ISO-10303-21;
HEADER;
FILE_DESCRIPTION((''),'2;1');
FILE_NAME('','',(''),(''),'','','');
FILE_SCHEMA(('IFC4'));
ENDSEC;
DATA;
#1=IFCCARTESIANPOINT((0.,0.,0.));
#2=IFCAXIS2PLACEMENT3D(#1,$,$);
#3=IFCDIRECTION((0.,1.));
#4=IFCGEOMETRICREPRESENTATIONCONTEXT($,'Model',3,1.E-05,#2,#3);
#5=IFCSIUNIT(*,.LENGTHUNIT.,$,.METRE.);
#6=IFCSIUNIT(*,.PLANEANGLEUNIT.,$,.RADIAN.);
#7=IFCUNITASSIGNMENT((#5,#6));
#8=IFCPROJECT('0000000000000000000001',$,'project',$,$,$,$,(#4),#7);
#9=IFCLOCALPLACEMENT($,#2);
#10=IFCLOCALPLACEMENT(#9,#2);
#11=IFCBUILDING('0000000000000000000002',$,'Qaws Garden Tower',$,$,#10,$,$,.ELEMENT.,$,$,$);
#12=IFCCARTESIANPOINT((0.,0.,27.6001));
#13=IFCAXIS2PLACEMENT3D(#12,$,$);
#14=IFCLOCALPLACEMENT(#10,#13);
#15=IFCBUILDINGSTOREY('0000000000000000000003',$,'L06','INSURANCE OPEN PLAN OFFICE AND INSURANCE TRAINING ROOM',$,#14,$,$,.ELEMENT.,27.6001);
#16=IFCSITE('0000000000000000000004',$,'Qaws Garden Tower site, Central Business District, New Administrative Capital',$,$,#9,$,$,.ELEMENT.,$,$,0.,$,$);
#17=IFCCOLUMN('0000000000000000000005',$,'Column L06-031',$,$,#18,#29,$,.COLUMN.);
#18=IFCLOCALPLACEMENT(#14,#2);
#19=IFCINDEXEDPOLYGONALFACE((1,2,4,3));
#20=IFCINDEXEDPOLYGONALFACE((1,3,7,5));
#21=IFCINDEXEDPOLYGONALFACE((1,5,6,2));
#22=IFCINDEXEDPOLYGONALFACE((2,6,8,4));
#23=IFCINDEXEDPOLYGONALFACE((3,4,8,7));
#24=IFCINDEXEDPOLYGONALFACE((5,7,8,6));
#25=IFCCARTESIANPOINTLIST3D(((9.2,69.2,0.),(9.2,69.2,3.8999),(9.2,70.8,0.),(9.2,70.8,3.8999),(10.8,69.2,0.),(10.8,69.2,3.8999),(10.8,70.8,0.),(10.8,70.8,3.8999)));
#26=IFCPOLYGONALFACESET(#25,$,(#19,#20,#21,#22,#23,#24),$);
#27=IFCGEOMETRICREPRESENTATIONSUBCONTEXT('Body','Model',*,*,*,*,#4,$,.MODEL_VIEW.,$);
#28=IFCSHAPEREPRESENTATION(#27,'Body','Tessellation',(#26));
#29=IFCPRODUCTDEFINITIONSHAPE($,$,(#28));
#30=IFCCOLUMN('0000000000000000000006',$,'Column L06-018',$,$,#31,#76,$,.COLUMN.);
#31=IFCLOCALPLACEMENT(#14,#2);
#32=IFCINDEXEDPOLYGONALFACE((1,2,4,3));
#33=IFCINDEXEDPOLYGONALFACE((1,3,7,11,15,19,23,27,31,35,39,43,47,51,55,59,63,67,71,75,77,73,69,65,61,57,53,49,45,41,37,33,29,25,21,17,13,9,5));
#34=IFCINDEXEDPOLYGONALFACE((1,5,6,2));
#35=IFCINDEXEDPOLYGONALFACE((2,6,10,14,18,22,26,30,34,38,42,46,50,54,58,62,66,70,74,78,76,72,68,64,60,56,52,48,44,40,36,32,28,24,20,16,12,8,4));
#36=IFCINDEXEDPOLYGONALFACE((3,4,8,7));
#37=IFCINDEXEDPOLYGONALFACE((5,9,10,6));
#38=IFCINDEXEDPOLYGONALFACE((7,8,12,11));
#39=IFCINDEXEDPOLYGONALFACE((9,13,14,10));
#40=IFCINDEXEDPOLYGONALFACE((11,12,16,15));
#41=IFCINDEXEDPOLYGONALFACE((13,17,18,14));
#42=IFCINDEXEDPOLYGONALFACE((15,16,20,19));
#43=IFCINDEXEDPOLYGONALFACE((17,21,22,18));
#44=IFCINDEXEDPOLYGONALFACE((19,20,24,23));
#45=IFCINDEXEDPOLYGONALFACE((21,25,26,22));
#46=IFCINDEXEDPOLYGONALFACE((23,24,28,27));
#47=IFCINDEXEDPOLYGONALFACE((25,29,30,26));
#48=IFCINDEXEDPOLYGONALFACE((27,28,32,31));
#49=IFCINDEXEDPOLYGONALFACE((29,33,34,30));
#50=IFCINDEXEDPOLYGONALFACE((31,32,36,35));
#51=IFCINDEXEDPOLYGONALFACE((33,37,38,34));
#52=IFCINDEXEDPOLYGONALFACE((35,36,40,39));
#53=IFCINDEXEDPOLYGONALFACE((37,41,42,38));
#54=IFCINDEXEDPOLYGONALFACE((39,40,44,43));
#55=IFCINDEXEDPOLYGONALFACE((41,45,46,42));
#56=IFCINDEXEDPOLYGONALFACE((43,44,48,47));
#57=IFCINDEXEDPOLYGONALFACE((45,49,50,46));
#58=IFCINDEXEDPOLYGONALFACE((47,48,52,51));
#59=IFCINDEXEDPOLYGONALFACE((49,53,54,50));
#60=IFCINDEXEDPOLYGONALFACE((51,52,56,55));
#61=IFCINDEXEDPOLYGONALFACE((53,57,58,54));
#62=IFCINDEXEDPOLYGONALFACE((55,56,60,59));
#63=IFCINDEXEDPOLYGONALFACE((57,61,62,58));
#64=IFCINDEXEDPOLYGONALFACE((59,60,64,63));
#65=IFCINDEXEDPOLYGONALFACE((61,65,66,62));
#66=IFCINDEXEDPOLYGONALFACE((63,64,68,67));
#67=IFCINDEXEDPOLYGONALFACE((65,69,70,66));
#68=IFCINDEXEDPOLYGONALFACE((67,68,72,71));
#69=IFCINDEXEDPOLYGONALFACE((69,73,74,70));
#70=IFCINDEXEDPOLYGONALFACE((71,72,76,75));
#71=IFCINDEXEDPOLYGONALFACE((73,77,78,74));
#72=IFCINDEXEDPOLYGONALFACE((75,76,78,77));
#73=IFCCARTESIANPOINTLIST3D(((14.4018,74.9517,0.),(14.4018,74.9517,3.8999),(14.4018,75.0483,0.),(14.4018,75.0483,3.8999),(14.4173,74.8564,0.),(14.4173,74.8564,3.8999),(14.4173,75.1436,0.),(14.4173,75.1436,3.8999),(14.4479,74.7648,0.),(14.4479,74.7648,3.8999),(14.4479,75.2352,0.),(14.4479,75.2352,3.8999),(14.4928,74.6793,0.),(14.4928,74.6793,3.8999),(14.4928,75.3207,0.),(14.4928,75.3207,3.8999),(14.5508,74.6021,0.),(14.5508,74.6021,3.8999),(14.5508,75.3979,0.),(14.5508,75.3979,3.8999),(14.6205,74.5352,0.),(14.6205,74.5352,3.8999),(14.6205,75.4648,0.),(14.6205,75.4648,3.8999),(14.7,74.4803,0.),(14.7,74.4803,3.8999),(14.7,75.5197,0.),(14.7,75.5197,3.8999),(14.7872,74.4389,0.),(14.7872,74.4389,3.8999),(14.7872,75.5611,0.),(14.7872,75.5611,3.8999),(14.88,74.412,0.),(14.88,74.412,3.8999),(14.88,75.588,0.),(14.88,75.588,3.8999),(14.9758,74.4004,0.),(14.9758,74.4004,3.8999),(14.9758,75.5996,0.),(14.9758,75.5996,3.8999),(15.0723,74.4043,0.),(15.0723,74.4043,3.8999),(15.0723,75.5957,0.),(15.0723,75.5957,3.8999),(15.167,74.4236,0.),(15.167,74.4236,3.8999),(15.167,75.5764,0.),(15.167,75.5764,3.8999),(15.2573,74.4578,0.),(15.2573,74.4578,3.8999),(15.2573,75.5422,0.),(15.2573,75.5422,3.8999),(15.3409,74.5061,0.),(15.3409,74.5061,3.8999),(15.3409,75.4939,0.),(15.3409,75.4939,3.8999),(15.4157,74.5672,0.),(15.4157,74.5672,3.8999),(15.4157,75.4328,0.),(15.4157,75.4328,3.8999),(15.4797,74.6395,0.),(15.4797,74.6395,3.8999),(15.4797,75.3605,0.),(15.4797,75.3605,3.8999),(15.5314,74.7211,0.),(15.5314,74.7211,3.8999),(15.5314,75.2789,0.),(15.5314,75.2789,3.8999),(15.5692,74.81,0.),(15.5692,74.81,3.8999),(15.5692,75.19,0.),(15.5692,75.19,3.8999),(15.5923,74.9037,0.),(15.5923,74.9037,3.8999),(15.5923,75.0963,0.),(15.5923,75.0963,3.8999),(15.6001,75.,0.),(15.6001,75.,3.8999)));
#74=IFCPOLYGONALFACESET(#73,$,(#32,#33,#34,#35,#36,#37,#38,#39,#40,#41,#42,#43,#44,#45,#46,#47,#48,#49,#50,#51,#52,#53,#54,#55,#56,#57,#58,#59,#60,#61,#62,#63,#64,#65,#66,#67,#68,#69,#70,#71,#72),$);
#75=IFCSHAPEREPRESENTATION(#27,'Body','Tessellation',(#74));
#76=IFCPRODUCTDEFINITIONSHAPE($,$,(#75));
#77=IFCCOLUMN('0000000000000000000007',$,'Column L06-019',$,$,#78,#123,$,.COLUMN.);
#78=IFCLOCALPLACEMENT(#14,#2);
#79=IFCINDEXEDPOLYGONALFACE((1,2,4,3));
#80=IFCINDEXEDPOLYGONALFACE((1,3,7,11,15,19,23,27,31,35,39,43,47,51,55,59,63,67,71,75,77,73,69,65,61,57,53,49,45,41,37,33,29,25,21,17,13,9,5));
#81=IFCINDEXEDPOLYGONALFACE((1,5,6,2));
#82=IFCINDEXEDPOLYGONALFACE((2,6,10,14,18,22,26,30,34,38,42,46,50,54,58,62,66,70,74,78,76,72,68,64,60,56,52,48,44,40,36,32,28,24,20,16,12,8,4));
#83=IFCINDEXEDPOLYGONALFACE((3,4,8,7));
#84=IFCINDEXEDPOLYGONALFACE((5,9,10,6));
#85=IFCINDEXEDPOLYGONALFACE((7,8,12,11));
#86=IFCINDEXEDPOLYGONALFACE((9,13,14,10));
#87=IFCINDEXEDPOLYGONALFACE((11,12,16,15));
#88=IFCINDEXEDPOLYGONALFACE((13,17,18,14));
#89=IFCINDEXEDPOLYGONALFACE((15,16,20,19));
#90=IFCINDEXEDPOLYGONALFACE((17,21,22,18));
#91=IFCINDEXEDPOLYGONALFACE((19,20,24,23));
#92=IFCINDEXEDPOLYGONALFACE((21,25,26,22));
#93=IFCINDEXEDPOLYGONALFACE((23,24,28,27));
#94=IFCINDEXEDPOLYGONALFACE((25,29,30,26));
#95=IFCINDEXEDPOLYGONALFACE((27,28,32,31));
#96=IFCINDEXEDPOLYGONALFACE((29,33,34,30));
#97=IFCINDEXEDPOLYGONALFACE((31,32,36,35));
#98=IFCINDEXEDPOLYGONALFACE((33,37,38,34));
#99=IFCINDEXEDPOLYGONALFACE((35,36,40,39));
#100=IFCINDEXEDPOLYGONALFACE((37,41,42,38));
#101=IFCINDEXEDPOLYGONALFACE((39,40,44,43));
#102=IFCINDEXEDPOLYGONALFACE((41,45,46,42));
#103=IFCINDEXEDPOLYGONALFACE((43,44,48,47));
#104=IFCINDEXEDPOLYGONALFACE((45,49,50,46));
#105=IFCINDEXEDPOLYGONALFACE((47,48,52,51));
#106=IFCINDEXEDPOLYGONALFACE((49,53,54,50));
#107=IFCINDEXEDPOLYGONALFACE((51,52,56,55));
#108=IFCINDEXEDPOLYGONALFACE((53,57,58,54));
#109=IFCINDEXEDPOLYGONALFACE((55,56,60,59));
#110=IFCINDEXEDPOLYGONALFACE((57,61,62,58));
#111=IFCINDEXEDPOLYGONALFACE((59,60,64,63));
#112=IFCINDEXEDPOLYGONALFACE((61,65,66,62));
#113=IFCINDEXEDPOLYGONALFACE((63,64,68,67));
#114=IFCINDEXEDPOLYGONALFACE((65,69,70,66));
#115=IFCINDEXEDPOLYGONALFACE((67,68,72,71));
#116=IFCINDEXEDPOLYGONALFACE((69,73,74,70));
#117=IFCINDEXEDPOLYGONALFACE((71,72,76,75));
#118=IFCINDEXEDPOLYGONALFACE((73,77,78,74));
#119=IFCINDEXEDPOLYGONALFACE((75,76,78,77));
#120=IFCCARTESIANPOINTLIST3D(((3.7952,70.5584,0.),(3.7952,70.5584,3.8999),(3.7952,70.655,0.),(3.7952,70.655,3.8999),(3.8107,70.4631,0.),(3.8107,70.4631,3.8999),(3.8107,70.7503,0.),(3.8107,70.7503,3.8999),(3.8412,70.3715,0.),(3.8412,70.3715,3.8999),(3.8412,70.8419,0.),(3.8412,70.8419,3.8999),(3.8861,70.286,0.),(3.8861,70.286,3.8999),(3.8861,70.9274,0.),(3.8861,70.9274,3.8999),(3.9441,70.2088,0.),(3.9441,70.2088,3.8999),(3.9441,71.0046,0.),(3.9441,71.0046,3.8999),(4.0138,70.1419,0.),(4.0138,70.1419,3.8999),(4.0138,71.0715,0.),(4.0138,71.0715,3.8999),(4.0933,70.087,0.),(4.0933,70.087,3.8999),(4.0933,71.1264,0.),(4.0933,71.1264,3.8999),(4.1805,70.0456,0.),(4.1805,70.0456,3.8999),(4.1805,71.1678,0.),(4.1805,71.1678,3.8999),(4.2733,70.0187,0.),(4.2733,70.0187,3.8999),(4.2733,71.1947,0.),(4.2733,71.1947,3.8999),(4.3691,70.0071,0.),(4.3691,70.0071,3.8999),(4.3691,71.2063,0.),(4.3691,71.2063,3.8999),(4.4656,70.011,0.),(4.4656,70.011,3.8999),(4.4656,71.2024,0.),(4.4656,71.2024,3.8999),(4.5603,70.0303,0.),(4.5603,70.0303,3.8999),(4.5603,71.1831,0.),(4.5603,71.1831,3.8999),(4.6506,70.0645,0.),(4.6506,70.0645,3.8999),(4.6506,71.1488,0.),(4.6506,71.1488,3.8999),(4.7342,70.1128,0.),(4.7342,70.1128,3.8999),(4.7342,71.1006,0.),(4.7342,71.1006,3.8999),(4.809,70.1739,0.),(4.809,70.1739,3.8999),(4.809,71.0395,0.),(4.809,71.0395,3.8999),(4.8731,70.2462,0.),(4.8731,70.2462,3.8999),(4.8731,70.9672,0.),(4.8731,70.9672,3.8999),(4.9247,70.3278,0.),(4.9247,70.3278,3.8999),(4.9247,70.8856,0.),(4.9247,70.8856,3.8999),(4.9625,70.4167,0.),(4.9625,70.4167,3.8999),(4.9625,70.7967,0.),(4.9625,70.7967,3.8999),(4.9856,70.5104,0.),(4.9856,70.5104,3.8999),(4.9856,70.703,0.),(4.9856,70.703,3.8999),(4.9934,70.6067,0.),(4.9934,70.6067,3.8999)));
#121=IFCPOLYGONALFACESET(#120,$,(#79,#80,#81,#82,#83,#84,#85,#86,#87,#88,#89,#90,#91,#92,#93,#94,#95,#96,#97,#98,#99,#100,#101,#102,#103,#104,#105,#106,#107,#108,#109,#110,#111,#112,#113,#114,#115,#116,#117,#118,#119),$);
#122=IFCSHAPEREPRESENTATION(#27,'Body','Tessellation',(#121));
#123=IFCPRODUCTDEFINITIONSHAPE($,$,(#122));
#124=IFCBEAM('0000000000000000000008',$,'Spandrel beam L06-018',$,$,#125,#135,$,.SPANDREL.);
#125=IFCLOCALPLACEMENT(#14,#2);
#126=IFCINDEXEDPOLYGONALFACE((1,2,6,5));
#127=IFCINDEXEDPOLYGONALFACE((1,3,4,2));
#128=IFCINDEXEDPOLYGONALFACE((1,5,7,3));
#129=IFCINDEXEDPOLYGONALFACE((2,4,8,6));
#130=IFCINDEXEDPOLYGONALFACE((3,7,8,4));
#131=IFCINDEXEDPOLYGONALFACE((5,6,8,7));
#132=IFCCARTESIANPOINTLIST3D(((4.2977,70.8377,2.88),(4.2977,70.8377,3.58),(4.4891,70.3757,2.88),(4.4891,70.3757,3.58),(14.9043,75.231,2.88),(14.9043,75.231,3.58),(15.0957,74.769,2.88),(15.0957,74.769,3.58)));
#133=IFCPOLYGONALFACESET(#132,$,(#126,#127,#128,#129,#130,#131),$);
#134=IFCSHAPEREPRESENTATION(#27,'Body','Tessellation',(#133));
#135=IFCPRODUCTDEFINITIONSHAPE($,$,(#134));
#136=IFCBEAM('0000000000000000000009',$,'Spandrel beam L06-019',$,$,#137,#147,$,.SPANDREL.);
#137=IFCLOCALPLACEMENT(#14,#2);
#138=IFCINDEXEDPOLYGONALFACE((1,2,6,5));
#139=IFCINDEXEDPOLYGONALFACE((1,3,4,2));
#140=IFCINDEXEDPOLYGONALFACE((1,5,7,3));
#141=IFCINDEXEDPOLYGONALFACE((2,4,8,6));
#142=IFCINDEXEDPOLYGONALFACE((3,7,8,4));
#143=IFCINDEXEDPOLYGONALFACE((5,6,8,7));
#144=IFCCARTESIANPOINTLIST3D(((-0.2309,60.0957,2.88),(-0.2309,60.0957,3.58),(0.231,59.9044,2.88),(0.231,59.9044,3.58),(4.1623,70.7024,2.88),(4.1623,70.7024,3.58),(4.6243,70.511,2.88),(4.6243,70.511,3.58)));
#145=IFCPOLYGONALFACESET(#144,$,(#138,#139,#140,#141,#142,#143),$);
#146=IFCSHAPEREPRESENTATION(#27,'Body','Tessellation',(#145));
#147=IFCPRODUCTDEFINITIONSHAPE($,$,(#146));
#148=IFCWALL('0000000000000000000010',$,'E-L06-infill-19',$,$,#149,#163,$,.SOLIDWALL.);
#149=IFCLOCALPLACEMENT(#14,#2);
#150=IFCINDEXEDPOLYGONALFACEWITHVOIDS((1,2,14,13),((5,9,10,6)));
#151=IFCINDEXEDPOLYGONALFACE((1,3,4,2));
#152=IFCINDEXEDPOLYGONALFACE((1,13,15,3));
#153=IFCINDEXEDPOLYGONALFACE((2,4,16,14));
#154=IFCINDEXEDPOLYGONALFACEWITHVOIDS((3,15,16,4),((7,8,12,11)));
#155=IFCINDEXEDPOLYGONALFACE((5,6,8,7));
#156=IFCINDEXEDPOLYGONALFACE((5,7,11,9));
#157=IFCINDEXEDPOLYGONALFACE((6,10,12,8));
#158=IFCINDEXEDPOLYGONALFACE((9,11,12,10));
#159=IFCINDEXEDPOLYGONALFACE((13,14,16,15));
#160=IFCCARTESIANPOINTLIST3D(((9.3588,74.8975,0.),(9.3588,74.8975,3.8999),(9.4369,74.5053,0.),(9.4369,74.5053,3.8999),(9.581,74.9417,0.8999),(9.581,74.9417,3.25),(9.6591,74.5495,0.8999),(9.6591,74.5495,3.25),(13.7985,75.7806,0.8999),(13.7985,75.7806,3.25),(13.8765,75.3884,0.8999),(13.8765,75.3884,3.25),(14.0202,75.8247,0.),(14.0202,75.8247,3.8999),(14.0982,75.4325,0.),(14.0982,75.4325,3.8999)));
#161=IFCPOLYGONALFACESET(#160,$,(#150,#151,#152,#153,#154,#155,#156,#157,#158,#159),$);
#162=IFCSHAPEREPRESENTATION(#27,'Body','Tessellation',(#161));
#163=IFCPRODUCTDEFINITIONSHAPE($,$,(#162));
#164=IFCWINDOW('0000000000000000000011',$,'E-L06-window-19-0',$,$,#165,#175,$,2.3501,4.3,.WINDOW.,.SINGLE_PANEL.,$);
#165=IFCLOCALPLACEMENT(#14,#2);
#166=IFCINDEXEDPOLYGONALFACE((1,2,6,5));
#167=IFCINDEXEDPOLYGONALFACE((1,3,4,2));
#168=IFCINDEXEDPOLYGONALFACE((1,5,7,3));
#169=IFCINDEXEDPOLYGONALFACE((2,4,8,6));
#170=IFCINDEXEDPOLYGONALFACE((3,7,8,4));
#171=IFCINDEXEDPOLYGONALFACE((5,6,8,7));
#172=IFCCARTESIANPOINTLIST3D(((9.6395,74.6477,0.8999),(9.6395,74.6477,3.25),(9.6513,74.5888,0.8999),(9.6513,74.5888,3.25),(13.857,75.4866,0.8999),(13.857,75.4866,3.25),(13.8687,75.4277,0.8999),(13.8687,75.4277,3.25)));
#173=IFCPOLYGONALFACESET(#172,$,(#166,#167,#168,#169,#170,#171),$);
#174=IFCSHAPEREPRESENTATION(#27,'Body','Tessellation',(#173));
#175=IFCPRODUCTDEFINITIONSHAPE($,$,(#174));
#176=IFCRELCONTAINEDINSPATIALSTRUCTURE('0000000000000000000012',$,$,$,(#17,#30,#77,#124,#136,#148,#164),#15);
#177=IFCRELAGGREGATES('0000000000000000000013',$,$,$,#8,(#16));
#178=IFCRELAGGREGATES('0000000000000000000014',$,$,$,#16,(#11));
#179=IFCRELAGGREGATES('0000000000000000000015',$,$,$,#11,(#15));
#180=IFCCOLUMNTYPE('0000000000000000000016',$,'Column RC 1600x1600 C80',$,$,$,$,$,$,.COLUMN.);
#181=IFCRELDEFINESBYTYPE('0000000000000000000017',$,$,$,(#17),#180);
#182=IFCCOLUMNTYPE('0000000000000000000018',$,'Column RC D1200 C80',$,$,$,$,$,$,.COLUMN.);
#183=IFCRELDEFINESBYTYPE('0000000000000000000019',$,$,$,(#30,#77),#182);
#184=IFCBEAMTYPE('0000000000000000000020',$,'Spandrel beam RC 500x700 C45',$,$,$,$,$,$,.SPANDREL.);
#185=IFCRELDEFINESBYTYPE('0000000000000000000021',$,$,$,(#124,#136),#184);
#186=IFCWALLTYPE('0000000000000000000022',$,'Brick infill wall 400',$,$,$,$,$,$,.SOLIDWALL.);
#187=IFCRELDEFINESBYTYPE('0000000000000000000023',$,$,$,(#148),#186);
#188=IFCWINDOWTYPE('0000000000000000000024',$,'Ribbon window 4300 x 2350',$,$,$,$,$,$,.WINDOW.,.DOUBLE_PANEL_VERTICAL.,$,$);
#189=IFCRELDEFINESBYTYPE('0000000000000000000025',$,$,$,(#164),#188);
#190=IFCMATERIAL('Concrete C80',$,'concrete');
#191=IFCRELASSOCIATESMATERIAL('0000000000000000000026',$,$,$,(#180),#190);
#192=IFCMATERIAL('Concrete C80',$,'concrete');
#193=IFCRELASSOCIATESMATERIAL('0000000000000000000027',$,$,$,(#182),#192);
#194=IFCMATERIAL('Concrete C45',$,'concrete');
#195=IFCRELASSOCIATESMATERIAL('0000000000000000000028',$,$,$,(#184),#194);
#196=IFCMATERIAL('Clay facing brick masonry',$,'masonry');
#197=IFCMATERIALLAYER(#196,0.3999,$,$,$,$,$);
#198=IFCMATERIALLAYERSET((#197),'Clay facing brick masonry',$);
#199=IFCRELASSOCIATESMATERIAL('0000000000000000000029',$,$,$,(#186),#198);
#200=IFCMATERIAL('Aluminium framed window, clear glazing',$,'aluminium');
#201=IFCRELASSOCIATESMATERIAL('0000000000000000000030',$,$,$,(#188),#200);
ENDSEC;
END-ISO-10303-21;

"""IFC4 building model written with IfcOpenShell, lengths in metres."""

from ifc_helpers import new_model, si_unit, direction, frame, frame_2d, origin, origin_2d, place, context, subcontext, project, spatial, rectangle, circle, extrude, material, layer, layer_set, material_profile, profile_set, type_object, element, fill, save


model = new_model("IFC4")

# Units and contexts
model_context = context("Model", 3, precision=1e-05, world=origin(), true_north=direction((0.0, 1.0)))
body_context = subcontext(model_context, "Body", "Model", "MODEL_VIEW")
ifc_project = project(units=[si_unit("LENGTHUNIT", "METRE"), si_unit("PLANEANGLEUNIT", "RADIAN")], contexts=[model_context])

# Site, building, storey
site_placement = place(None, origin())
site = spatial("IfcSite", under=ifc_project, at=site_placement, Name="Qaws Garden Tower site, Central Business District, New Administrative Capital", CompositionType="ELEMENT", RefElevation=0.0)
building_placement = place(site_placement, origin())
building = spatial("IfcBuilding", under=site, at=building_placement, Name="Qaws Garden Tower", CompositionType="ELEMENT")
storey_placement = place(building_placement, frame((0.0, 0.0, 27.6001)))
storey = spatial("IfcBuildingStorey", under=building, at=storey_placement, Name="L06", Description="INSURANCE OPEN PLAN OFFICE AND INSURANCE TRAINING ROOM", CompositionType="ELEMENT", Elevation=27.6001)

# Columns
ifc_material_1 = material(Name="Concrete C80", Category="concrete")
ifc_material_profile_1 = material_profile(ifc_material_1, rectangle(XDim=1.6001, YDim=1.6001, at=origin_2d()), Name="RC 1600x1600")
ifc_profile_set_1 = profile_set([ifc_material_profile_1], Name="Concrete C80")
column_type_1 = type_object("IfcColumnType", Name="Column RC 1600x1600 C80", PredefinedType="COLUMN", material=ifc_profile_set_1)
column_placement = place(storey_placement, frame((10.0, 70.0, 0.0), z_axis=(0.0, 0.0, 1.0), x_axis=(1.0, 0.0, 0.0)))
element("IfcColumn", 1, at=column_placement, inside=storey, type_object=column_type_1, Name="Column L06-031", PredefinedType="COLUMN", context=body_context, shape_type="SweptSolid", body=[
    extrude(rectangle(XDim=1.6001, YDim=1.6001, at=origin_2d()), origin(), (0.0, 0.0, 1.0), 3.8999),
])
ifc_material_2 = material(Name="Concrete C80", Category="concrete")
ifc_material_profile_2 = material_profile(ifc_material_2, circle(Radius=0.6001, at=origin_2d()), Name="RC D1200")
ifc_profile_set_2 = profile_set([ifc_material_profile_2], Name="Concrete C80")
column_type_2 = type_object("IfcColumnType", Name="Column RC D1200 C80", PredefinedType="COLUMN", material=ifc_profile_set_2)
for number, where, z_axis, x_axis, name in (
    (2, (15.0, 75.0, 0.0), (0.0, 0.0, 1.0), (1.0, 0.0, 0.0), "Column L06-018"),
    (3, (4.3933, 70.6067, 0.0), (0.0, 0.0, 1.0), (1.0, 0.0, 0.0), "Column L06-019"),
):
    element("IfcColumn", number, at=place(storey_placement, frame(where, z_axis=z_axis, x_axis=x_axis)), inside=storey, type_object=column_type_2, Name=name, PredefinedType="COLUMN", context=body_context, shape_type="SweptSolid", body=[
        extrude(circle(Radius=0.6001, at=origin_2d()), origin(), (0.0, 0.0, 1.0), 3.8999),
    ])

# Beams
ifc_material_3 = material(Name="Concrete C45", Category="concrete")
ifc_material_profile_3 = material_profile(ifc_material_3, rectangle(XDim=0.5, YDim=0.7, at=origin_2d()), Name="RC 500x700")
ifc_profile_set_3 = profile_set([ifc_material_profile_3], Name="Concrete C45")
beam_type = type_object("IfcBeamType", Name="Spandrel beam RC 500x700 C45", PredefinedType="SPANDREL", material=ifc_profile_set_3)
for number, where, z_axis, x_axis, name in (
    (4, (15.0, 75.0, 3.23), (-0.923883, -0.382674, 0.0), (0.382674, -0.923883, 0.0), "Spandrel beam L06-018"),
    (5, (4.3933, 70.6067, 3.23), (-0.382674, -0.923883, 0.0), (0.923883, -0.382674, 0.0), "Spandrel beam L06-019"),
):
    element("IfcBeam", number, at=place(storey_placement, frame(where, z_axis=z_axis, x_axis=x_axis)), inside=storey, type_object=beam_type, Name=name, PredefinedType="SPANDREL", context=body_context, shape_type="SweptSolid", body=[
        extrude(rectangle(XDim=0.5, YDim=0.7, at=origin_2d()), origin(), (0.0, 0.0, 1.0), 11.4805),
    ])

# Wall, opening, window
ifc_material_4 = material(Name="Clay facing brick masonry", Category="masonry")
ifc_layer_1 = layer(ifc_material_4, 0.3999)
ifc_layer_set_1 = layer_set([ifc_layer_1], Name="Clay facing brick masonry")
wall_type_1 = type_object("IfcWallType", Name="Brick infill wall 400", PredefinedType="SOLIDWALL", material=ifc_layer_set_1)
wall_1_placement = place(storey_placement, frame((14.0593, 75.6287, 0.0), z_axis=(0.0, 0.0, 1.0), x_axis=(-0.980784, -0.195099, 0.0)))
wall_1 = element("IfcWall", 6, at=wall_1_placement, inside=storey, type_object=wall_type_1, Name="E-L06-infill-19", PredefinedType="SOLIDWALL", context=body_context, shape_type="SweptSolid", body=[
    extrude(rectangle(XDim=4.7527, YDim=0.3999, at=frame_2d((2.3765, 0.0))), origin(), (0.0, 0.0, 1.0), 3.8999),
])
opening_1_placement = place(wall_1_placement, frame((0.2263, 0.0, 0.8999)))
opening_1 = element("IfcOpeningElement", 7, at=opening_1_placement, cuts=wall_1, PredefinedType="OPENING", context=body_context, shape_type="SweptSolid", body=[
    extrude(rectangle(XDim=4.3, YDim=2.3501, at=frame_2d((2.1499, 1.175))), frame((0.0, 0.21, 0.0), z_axis=(0.0, -1.0, 0.0), x_axis=(1.0, 0.0, 0.0)), (0.0, 0.0, 1.0), 0.4199),
])
ifc_material_5 = material(Name="Aluminium framed window, clear glazing", Category="aluminium")
window_type = type_object("IfcWindowType", Name="Ribbon window 4300 x 2350", PartitioningType="DOUBLE_PANEL_VERTICAL", PredefinedType="WINDOW", material=ifc_material_5)
window_1_placement = place(opening_1_placement, origin())
window_1 = element("IfcWindow", 8, at=window_1_placement, inside=storey, type_object=window_type, Name="E-L06-window-19-0", OverallHeight=2.3501, OverallWidth=4.3, PartitioningType="SINGLE_PANEL", PredefinedType="WINDOW", context=body_context, shape_type="SweptSolid", body=[
    extrude(rectangle(XDim=4.3, YDim=2.3501, at=frame_2d((2.1499, 1.175))), frame((0.0, 0.1599, 0.0), z_axis=(0.0, -1.0, 0.0), x_axis=(1.0, 0.0, 0.0)), (0.0, 0.0, 1.0), 0.0601),
])
fill(opening_1, window_1)

save(model, "model.ifc")
